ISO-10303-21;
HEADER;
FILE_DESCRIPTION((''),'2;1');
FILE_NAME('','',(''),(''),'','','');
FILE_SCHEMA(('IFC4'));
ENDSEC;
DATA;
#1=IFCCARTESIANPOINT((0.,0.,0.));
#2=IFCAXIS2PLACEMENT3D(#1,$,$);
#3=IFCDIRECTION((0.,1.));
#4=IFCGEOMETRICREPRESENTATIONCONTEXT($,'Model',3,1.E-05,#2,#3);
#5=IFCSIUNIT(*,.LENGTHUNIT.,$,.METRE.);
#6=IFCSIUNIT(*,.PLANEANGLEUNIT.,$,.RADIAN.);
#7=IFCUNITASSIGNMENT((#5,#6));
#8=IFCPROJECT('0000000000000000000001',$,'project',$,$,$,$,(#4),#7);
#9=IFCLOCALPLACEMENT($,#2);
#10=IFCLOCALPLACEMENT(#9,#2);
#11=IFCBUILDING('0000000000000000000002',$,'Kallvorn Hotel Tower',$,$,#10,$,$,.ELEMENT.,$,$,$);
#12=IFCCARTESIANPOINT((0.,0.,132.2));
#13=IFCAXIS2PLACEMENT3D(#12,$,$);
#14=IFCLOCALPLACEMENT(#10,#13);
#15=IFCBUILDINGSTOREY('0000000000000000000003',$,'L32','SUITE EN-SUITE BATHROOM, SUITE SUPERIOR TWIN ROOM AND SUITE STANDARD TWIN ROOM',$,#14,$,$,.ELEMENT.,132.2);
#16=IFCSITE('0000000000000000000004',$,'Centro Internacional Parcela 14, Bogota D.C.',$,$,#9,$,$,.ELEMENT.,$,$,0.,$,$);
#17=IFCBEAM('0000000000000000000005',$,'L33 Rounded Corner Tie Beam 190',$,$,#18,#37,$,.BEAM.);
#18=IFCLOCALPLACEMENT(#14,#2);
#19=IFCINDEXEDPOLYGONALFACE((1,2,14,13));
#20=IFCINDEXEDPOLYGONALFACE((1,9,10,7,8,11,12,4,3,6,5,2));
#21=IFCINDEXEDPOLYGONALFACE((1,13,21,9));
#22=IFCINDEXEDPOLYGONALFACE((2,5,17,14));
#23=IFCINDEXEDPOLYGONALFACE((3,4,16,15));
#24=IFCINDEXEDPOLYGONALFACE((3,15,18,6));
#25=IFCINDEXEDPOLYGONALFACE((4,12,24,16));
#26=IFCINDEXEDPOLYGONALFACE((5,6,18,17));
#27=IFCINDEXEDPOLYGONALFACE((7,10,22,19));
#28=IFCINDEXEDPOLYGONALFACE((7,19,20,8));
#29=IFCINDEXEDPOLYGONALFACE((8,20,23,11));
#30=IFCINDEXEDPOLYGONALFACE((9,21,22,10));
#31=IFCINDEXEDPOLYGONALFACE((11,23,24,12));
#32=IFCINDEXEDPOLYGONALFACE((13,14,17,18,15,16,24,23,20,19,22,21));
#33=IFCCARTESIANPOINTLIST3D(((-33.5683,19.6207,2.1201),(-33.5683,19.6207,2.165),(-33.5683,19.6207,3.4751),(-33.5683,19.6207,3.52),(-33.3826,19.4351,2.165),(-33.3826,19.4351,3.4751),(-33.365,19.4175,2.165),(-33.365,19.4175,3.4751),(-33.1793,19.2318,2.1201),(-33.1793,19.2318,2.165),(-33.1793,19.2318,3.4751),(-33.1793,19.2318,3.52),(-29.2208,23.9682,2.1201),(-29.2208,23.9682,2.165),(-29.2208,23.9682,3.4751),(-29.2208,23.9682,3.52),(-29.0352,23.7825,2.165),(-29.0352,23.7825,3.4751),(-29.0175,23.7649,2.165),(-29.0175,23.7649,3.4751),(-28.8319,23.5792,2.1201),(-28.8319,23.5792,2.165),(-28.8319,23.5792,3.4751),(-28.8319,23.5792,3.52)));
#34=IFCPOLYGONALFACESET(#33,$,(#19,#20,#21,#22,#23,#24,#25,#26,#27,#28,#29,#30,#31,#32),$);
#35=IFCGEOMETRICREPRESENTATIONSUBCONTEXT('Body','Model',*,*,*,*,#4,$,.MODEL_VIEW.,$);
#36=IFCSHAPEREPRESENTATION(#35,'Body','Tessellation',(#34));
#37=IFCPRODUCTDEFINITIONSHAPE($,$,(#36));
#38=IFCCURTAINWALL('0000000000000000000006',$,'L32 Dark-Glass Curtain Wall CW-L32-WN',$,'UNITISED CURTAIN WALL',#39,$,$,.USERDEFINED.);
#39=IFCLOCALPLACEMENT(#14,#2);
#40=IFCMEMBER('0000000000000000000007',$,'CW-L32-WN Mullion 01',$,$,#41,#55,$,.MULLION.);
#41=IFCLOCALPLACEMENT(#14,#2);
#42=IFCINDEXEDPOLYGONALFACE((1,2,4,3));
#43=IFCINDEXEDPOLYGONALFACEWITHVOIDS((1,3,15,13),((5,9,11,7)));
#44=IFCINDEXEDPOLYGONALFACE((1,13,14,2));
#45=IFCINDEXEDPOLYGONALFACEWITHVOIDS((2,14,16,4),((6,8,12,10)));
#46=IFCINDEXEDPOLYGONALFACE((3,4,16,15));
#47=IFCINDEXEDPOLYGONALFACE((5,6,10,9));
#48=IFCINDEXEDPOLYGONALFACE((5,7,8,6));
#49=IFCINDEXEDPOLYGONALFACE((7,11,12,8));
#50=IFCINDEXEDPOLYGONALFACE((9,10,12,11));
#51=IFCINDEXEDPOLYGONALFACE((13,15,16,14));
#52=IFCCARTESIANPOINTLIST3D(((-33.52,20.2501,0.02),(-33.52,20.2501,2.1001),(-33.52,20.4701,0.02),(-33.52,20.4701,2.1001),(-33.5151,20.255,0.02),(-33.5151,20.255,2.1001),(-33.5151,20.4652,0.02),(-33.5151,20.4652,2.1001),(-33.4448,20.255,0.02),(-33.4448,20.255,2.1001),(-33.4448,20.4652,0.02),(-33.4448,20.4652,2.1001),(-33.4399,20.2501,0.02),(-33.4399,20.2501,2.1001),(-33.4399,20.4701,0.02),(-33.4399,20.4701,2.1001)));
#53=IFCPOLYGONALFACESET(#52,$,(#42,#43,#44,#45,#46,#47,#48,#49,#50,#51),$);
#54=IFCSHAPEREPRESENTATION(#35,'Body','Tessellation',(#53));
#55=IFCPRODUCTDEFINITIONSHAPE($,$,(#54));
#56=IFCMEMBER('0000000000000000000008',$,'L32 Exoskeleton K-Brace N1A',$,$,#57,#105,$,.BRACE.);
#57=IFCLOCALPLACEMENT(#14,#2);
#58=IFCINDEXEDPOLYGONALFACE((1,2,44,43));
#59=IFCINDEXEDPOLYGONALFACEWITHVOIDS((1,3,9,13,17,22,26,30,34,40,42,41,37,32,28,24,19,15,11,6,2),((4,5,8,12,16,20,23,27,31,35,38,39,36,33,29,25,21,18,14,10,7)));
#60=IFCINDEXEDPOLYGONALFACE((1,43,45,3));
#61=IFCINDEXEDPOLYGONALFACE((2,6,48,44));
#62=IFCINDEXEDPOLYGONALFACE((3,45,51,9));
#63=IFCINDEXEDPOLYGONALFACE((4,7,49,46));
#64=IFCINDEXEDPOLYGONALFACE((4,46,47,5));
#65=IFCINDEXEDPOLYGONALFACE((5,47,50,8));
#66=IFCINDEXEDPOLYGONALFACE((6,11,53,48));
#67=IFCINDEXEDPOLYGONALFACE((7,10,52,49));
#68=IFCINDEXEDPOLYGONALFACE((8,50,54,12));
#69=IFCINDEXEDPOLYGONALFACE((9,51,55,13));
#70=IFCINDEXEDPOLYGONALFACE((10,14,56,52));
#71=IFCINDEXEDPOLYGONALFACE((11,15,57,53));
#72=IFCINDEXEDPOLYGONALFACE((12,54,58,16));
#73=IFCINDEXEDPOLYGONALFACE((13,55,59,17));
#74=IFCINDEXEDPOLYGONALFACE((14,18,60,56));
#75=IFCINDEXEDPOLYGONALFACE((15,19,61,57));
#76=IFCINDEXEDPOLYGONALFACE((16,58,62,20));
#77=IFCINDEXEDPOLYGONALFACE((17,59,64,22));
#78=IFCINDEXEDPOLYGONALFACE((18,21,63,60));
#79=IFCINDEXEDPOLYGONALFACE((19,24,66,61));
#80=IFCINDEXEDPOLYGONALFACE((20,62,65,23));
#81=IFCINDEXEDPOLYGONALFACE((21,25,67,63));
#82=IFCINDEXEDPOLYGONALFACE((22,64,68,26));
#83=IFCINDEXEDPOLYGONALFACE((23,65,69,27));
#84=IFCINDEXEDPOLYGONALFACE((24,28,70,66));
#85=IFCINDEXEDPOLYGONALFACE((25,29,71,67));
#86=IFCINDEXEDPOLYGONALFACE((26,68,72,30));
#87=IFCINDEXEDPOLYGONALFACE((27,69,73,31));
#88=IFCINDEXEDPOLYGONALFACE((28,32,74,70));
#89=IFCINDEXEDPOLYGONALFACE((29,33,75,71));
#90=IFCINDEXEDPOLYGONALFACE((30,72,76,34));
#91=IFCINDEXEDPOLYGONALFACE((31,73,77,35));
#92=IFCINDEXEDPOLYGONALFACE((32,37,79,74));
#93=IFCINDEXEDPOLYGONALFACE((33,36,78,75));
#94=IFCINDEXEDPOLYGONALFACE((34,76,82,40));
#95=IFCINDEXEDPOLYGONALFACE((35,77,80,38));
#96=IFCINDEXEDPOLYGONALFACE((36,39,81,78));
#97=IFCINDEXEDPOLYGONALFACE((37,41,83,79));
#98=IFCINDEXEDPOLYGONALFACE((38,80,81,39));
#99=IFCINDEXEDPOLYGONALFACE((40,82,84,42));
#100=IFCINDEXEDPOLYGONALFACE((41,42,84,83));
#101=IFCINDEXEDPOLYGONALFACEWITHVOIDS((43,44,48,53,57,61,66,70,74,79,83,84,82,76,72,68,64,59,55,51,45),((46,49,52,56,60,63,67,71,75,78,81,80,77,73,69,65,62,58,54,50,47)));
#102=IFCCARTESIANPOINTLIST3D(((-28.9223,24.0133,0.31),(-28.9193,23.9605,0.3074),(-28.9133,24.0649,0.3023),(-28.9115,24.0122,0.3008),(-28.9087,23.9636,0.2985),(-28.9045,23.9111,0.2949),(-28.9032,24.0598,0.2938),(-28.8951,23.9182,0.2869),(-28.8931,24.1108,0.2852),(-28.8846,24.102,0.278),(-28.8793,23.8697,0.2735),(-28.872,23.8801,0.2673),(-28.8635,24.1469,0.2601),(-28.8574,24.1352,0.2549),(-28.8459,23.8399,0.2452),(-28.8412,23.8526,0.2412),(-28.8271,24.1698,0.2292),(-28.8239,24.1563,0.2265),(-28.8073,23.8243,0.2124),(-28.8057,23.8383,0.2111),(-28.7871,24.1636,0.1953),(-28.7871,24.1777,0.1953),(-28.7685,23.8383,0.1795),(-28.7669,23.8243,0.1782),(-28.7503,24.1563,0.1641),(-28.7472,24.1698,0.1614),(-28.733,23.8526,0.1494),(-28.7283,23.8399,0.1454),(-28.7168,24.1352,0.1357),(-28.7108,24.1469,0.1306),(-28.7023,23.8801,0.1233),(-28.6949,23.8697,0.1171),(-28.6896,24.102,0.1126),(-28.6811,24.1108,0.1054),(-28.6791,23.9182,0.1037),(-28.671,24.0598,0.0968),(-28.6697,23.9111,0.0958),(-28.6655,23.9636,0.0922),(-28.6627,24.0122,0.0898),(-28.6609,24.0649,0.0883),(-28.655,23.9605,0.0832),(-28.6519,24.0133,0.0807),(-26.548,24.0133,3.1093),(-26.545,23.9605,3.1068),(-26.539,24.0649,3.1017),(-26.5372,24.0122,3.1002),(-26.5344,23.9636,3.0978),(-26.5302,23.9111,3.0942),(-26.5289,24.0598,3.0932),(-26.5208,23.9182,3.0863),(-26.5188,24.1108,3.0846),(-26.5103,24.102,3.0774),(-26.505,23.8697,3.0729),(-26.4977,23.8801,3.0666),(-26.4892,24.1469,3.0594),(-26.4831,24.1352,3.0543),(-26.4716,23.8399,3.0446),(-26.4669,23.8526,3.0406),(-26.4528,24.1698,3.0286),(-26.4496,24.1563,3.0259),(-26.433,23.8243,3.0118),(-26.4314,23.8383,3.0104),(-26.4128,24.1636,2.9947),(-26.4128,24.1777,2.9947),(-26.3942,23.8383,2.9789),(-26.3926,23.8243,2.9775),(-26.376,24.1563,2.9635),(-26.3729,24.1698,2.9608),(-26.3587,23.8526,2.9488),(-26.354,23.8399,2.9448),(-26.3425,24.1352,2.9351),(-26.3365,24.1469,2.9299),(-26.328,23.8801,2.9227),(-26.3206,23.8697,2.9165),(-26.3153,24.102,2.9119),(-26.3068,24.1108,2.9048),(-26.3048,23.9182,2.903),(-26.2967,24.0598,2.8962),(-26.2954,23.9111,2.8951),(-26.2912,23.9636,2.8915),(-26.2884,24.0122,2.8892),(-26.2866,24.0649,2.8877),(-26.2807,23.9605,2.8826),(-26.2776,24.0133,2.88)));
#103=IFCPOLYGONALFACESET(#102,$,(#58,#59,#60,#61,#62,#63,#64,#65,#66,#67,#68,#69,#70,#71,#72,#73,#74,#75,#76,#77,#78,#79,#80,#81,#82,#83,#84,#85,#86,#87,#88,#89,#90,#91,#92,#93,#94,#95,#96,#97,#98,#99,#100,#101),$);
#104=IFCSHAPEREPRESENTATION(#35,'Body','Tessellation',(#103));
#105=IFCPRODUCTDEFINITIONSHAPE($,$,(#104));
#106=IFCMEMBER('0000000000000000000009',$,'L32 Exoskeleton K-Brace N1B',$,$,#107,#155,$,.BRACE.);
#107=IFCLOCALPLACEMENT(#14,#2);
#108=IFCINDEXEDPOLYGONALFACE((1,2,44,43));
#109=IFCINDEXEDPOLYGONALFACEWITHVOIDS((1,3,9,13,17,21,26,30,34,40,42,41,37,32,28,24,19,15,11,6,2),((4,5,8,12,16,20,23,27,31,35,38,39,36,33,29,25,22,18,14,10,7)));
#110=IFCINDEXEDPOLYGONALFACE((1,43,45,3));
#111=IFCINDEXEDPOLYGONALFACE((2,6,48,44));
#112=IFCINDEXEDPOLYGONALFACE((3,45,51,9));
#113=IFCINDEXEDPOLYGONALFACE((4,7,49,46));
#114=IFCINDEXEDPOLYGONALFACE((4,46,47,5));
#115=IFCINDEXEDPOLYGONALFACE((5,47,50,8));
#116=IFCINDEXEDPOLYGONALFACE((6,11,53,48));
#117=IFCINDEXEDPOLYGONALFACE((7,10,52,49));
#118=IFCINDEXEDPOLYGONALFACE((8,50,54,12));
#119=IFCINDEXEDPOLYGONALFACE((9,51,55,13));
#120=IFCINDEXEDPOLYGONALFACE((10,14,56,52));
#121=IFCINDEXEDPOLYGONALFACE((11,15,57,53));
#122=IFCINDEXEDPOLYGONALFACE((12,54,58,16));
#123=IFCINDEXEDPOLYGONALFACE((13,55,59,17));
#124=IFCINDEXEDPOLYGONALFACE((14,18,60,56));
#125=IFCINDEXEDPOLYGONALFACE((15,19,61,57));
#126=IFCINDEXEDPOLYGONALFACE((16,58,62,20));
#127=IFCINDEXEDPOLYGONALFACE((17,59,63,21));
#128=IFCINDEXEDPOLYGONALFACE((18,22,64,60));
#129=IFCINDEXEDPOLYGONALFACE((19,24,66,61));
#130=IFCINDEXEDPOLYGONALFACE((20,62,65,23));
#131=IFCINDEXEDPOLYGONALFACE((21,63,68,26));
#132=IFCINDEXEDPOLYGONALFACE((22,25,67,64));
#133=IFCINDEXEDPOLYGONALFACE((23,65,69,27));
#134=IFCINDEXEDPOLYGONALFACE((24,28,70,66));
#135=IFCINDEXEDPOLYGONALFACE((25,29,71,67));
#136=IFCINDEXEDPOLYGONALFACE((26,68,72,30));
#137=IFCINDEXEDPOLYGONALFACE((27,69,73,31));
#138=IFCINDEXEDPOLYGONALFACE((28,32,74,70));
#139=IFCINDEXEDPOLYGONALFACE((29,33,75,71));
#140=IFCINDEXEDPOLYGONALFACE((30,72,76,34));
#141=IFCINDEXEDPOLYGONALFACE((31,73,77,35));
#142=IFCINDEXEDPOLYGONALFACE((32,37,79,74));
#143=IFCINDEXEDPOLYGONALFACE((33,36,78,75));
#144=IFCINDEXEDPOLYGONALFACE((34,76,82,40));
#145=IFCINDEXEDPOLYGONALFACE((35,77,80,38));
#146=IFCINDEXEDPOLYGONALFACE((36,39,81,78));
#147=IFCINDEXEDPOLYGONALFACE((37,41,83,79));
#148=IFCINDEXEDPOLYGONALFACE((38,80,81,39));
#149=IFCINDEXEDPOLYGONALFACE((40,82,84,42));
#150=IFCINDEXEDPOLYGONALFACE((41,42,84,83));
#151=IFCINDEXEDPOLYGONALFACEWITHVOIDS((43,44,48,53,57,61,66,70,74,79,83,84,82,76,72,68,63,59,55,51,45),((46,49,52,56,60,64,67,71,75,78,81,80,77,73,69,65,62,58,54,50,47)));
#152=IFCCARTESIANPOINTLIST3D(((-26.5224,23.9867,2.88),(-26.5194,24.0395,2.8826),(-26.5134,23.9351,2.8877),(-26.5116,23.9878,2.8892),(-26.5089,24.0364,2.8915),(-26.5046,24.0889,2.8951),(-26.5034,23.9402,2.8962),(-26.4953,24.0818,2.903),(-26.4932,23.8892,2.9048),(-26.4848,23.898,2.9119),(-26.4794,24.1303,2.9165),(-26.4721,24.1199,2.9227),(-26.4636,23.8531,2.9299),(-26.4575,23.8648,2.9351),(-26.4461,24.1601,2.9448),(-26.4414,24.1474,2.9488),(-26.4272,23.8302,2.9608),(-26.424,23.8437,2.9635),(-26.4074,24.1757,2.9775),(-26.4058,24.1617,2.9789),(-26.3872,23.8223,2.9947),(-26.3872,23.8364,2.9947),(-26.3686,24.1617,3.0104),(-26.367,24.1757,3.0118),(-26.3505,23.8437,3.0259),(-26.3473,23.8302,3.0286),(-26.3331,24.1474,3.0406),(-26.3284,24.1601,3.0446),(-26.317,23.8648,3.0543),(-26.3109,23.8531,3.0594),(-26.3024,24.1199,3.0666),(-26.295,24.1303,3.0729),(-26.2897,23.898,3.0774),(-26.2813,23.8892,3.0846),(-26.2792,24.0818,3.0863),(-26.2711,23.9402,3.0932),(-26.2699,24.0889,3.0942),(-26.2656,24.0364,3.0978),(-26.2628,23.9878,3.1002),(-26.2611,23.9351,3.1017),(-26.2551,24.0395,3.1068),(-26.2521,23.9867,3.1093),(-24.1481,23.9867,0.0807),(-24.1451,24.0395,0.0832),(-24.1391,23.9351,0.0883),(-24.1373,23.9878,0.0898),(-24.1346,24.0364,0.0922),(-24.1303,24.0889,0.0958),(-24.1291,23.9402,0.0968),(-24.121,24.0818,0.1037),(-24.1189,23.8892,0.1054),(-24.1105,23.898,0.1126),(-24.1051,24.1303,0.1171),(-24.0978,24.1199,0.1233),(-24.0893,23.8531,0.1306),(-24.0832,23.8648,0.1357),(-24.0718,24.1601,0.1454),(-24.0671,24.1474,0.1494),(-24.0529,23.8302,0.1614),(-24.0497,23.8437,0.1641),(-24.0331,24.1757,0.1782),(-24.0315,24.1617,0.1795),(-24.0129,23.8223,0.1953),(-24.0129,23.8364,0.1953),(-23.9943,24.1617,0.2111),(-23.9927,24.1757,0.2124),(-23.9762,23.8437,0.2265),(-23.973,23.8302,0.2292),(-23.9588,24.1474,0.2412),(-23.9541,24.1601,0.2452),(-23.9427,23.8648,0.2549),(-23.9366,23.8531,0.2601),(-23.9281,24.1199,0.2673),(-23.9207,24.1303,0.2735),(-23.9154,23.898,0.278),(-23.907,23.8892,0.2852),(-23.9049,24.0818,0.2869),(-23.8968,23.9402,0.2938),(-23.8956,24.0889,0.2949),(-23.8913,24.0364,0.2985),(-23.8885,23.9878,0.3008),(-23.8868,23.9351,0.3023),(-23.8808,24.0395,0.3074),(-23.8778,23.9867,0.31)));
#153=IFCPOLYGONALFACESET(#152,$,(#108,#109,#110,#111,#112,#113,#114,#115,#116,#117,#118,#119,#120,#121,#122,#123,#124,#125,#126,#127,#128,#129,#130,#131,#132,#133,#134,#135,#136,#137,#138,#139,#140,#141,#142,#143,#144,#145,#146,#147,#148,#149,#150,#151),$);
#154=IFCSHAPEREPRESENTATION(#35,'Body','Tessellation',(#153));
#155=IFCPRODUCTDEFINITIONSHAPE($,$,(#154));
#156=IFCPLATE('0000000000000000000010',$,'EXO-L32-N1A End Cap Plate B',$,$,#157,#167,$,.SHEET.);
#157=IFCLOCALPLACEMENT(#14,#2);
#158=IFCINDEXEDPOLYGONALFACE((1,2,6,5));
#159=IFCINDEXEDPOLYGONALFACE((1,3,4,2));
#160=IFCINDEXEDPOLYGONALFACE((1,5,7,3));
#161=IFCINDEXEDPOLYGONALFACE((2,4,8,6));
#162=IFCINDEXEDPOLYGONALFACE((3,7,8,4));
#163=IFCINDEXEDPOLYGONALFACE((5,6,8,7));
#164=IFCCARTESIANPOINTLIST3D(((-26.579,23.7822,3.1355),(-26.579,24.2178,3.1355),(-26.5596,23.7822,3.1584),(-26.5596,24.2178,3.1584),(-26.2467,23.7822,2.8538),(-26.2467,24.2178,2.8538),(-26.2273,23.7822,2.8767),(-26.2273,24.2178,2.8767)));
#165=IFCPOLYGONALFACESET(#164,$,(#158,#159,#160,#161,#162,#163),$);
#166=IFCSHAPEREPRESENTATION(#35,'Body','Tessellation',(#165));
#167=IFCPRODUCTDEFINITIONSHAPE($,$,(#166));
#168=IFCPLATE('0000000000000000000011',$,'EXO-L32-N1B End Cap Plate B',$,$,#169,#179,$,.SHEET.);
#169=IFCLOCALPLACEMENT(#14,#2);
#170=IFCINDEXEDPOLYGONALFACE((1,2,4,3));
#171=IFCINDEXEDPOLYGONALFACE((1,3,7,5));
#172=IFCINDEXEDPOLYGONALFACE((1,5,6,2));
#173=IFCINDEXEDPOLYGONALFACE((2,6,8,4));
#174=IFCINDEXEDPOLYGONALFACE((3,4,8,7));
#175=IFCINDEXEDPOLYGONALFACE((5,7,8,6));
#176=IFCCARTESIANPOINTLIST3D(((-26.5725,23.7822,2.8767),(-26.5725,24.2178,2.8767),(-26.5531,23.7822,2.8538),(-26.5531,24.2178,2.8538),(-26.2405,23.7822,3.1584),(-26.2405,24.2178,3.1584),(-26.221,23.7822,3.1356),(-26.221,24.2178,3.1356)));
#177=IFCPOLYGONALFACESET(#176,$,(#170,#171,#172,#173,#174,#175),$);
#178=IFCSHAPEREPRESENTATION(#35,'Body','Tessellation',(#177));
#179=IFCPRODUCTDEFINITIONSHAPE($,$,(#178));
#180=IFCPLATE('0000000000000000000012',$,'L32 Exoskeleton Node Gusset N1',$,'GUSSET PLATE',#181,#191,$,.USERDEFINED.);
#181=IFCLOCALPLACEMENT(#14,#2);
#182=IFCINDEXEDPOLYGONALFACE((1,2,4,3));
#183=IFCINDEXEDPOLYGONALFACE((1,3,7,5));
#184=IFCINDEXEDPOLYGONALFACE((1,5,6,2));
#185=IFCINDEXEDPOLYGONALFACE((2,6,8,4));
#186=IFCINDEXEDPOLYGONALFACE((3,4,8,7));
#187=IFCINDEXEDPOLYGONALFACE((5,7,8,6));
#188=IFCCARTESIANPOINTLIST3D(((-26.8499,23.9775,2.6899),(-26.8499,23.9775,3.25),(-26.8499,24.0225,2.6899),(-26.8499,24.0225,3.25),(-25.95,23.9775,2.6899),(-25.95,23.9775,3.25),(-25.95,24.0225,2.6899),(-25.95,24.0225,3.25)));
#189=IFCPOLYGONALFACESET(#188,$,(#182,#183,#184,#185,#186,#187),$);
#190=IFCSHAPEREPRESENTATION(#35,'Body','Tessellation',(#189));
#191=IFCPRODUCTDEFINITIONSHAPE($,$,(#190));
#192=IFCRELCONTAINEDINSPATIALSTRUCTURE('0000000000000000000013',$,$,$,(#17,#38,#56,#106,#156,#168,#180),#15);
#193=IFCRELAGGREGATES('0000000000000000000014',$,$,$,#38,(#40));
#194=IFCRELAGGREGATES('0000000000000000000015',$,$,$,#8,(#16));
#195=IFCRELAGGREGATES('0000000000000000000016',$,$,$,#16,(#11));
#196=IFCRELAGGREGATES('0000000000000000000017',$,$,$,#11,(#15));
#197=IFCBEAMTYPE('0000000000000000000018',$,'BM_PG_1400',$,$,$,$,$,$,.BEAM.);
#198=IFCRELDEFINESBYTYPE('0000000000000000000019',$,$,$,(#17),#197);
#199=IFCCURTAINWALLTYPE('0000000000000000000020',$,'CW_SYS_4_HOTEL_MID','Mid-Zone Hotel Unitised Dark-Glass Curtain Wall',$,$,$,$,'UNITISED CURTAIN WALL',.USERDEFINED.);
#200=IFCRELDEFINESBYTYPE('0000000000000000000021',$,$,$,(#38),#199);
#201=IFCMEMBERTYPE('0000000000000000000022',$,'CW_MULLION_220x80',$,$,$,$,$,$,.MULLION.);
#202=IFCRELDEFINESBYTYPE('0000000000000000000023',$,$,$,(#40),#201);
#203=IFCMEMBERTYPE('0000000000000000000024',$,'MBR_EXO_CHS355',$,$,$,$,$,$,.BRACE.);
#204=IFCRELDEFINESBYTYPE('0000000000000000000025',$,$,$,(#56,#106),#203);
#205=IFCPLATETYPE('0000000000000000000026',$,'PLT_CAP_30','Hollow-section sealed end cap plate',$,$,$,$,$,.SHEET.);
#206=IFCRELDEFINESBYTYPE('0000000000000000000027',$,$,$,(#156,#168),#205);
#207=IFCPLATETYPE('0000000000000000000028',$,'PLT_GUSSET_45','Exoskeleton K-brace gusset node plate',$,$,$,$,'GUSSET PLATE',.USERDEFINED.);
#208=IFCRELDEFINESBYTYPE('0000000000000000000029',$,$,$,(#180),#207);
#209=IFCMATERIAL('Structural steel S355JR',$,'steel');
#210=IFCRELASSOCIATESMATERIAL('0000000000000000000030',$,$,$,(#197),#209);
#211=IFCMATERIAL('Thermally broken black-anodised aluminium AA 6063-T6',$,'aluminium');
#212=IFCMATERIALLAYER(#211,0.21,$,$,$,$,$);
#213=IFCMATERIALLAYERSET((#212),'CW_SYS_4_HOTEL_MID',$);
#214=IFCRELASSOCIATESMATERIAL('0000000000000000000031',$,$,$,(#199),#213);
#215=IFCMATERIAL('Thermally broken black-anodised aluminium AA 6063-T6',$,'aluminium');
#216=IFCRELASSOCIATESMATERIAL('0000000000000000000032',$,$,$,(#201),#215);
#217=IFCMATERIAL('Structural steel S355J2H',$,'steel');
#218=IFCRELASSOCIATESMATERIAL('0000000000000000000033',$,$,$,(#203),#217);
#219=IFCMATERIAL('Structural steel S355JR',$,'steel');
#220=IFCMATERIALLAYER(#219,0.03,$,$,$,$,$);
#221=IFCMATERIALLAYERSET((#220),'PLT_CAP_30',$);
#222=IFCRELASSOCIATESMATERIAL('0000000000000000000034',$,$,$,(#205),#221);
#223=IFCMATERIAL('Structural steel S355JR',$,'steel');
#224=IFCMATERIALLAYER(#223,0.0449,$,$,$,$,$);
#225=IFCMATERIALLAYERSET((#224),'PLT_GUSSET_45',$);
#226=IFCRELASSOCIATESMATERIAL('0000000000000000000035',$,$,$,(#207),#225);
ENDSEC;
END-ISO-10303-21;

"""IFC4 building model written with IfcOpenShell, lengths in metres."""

from ifc_helpers import new_model, si_unit, direction, frame, origin, origin_2d, place, context, subcontext, project, spatial, polyline, rectangle, hollow_rectangle, hollow_circle, i_section, outline, extrude, material, layer, layer_set, material_profile, profile_set, type_object, element, aggregate, save


model = new_model("IFC4")

# Units and contexts
model_context = context("Model", 3, precision=1e-05, world=origin(), true_north=direction((0.0, 1.0)))
body_context = subcontext(model_context, "Body", "Model", "MODEL_VIEW")
ifc_project = project(units=[si_unit("LENGTHUNIT", "METRE"), si_unit("PLANEANGLEUNIT", "RADIAN")], contexts=[model_context])

# Site, building, storey
site_placement = place(None, origin())
site = spatial("IfcSite", under=ifc_project, at=site_placement, Name="Centro Internacional Parcela 14, Bogota D.C.", CompositionType="ELEMENT", RefElevation=0.0)
building_placement = place(site_placement, origin())
building = spatial("IfcBuilding", under=site, at=building_placement, Name="Kallvorn Hotel Tower", CompositionType="ELEMENT")
storey_placement = place(building_placement, frame((0.0, 0.0, 132.2)))
storey = spatial("IfcBuildingStorey", under=building, at=storey_placement, Name="L32", Description="SUITE EN-SUITE BATHROOM, SUITE SUPERIOR TWIN ROOM AND SUITE STANDARD TWIN ROOM", CompositionType="ELEMENT", Elevation=132.2)

# Beam
ifc_material_1 = material(Name="Structural steel S355JR", Category="steel")
ifc_material_profile_1 = material_profile(ifc_material_1, i_section(OverallWidth=0.55, OverallDepth=1.3999, WebThickness=0.0249, FlangeThickness=0.0449, at=origin_2d()), Name="PG 1400x550x25x45")
ifc_profile_set_1 = profile_set([ifc_material_profile_1], Name="Structural steel S355JR")
beam_type_1 = type_object("IfcBeamType", Name="BM_PG_1400", PredefinedType="BEAM", material=ifc_profile_set_1)
beam_1_placement = place(storey_placement, frame((-33.3738, 19.4263, 2.8201), z_axis=(0.707107, 0.707107, 0.0), x_axis=(-0.707107, 0.707107, 0.0)))
element("IfcBeam", 1, at=beam_1_placement, inside=storey, type_object=beam_type_1, Name="L33 Rounded Corner Tie Beam 190", PredefinedType="BEAM", context=body_context, shape_type="SweptSolid", body=[
    extrude(i_section(OverallWidth=0.55, OverallDepth=1.3999, WebThickness=0.0249, FlangeThickness=0.0449, at=origin_2d()), origin(), (0.0, 0.0, 1.0), 6.1482),
])

# Curtain wall, member
ifc_material_2 = material(Name="Thermally broken black-anodised aluminium AA 6063-T6", Category="aluminium")
ifc_layer_1 = layer(ifc_material_2, 0.21)
ifc_layer_set_1 = layer_set([ifc_layer_1], Name="CW_SYS_4_HOTEL_MID")
curtain_wall_type = type_object("IfcCurtainWallType", Name="CW_SYS_4_HOTEL_MID", Description="Mid-Zone Hotel Unitised Dark-Glass Curtain Wall", ElementType="UNITISED CURTAIN WALL", PredefinedType="USERDEFINED", material=ifc_layer_set_1)
curtain_wall_placement = place(storey_placement, origin())
curtain_wall = element("IfcCurtainWall", 2, at=curtain_wall_placement, inside=storey, type_object=curtain_wall_type, Name="L32 Dark-Glass Curtain Wall CW-L32-WN", ObjectType="UNITISED CURTAIN WALL", PredefinedType="USERDEFINED")
ifc_material_3 = material(Name="Thermally broken black-anodised aluminium AA 6063-T6", Category="aluminium")
ifc_material_profile_2 = material_profile(ifc_material_3, hollow_rectangle(XDim=0.0801, YDim=0.22, WallThickness=0.0049, at=origin_2d()), Name="MUL 220x80")
ifc_profile_set_2 = profile_set([ifc_material_profile_2], Name="Thermally broken black-anodised aluminium AA 6063-T6")
member_type_1 = type_object("IfcMemberType", Name="CW_MULLION_220x80", PredefinedType="MULLION", material=ifc_profile_set_2)
member_placement = place(storey_placement, frame((-33.48, 20.3601, 0.02), z_axis=(0.0, 0.0, 1.0), x_axis=(1.0, 0.0, 0.0)))
member = element("IfcMember", 3, at=member_placement, type_object=member_type_1, Name="CW-L32-WN Mullion 01", PredefinedType="MULLION", context=body_context, shape_type="SweptSolid", body=[
    extrude(hollow_rectangle(XDim=0.0801, YDim=0.22, WallThickness=0.0049, at=origin_2d()), origin(), (0.0, 0.0, 1.0), 2.0801),
])
aggregate(curtain_wall, [member])

# Members
ifc_material_4 = material(Name="Structural steel S355J2H", Category="steel")
ifc_material_profile_3 = material_profile(ifc_material_4, hollow_circle(Radius=0.1777, WallThickness=0.0142, at=origin_2d()), Name="CHS 355.6x14.2")
ifc_profile_set_3 = profile_set([ifc_material_profile_3], Name="Structural steel S355J2H")
member_type_2 = type_object("IfcMemberType", Name="MBR_EXO_CHS355", PredefinedType="BRACE", material=ifc_profile_set_3)
for number, where, z_axis, x_axis, name in (
    (4, (-28.7871, 24.0, 0.1953), (0.646833, 0.0, 0.762631), (0.0, 1.0, 0.0), "L32 Exoskeleton K-Brace N1A"),
    (5, (-24.0129, 24.0, 0.1953), (-0.646833, 0.0, 0.762631), (0.0, -1.0, 0.0), "L32 Exoskeleton K-Brace N1B"),
):
    element("IfcMember", number, at=place(storey_placement, frame(where, z_axis=z_axis, x_axis=x_axis)), inside=storey, type_object=member_type_2, Name=name, PredefinedType="BRACE", context=body_context, shape_type="SweptSolid", body=[
        extrude(hollow_circle(Radius=0.1777, WallThickness=0.0142, at=origin_2d()), origin(), (0.0, 0.0, 1.0), 3.6707),
    ])

# Plates
ifc_material_5 = material(Name="Structural steel S355JR", Category="steel")
ifc_layer_2 = layer(ifc_material_5, 0.03)
ifc_layer_set_2 = layer_set([ifc_layer_2], Name="PLT_CAP_30")
plate_type_1 = type_object("IfcPlateType", Name="PLT_CAP_30", Description="Hollow-section sealed end cap plate", PredefinedType="SHEET", material=ifc_layer_set_2)
plate_1_placement = place(storey_placement, frame((-26.2273, 23.7822, 2.8767), z_axis=(0.646721, 0.0, 0.762727), x_axis=(0.0, 1.0, 0.0)))
element("IfcPlate", 6, at=plate_1_placement, inside=storey, type_object=plate_type_1, Name="EXO-L32-N1A End Cap Plate B", PredefinedType="SHEET", context=body_context, shape_type="SweptSolid", body=[
    extrude(outline(polyline([(0.0, 0.0), (0.4355, 0.0), (0.4355, 0.4356), (0.0, 0.4356), (0.0, 0.0)])), origin(), (0.0, 0.0, -1.0), 0.03),
])
plate_2_placement = place(storey_placement, frame((-26.5725, 24.2178, 2.8767), z_axis=(-0.646997, 0.0, 0.762492), x_axis=(0.0, -1.0, 0.0)))
element("IfcPlate", 7, at=plate_2_placement, inside=storey, type_object=plate_type_1, Name="EXO-L32-N1B End Cap Plate B", PredefinedType="SHEET", context=body_context, shape_type="SweptSolid", body=[
    extrude(outline(polyline([(0.0, 0.0), (0.4355, 0.0), (0.4355, 0.4355), (0.0, 0.4355), (0.0, 0.0)])), origin(), (0.0, 0.0, -1.0), 0.03),
])
ifc_material_6 = material(Name="Structural steel S355JR", Category="steel")
ifc_layer_3 = layer(ifc_material_6, 0.0449)
ifc_layer_set_3 = layer_set([ifc_layer_3], Name="PLT_GUSSET_45")
plate_type_2 = type_object("IfcPlateType", Name="PLT_GUSSET_45", Description="Exoskeleton K-brace gusset node plate", ElementType="GUSSET PLATE", PredefinedType="USERDEFINED", material=ifc_layer_set_3)
plate_3_placement = place(storey_placement, frame((-26.3999, 24.0, 2.6899), z_axis=(0.0, 0.0, 1.0), x_axis=(1.0, 0.0, 0.0)))
element("IfcPlate", 8, at=plate_3_placement, inside=storey, type_object=plate_type_2, Name="L32 Exoskeleton Node Gusset N1", ObjectType="GUSSET PLATE", PredefinedType="USERDEFINED", context=body_context, shape_type="SweptSolid", body=[
    extrude(rectangle(XDim=0.8999, YDim=0.0449, at=origin_2d()), origin(), (0.0, 0.0, 1.0), 0.5601),
])

save(model, "model.ifc")
